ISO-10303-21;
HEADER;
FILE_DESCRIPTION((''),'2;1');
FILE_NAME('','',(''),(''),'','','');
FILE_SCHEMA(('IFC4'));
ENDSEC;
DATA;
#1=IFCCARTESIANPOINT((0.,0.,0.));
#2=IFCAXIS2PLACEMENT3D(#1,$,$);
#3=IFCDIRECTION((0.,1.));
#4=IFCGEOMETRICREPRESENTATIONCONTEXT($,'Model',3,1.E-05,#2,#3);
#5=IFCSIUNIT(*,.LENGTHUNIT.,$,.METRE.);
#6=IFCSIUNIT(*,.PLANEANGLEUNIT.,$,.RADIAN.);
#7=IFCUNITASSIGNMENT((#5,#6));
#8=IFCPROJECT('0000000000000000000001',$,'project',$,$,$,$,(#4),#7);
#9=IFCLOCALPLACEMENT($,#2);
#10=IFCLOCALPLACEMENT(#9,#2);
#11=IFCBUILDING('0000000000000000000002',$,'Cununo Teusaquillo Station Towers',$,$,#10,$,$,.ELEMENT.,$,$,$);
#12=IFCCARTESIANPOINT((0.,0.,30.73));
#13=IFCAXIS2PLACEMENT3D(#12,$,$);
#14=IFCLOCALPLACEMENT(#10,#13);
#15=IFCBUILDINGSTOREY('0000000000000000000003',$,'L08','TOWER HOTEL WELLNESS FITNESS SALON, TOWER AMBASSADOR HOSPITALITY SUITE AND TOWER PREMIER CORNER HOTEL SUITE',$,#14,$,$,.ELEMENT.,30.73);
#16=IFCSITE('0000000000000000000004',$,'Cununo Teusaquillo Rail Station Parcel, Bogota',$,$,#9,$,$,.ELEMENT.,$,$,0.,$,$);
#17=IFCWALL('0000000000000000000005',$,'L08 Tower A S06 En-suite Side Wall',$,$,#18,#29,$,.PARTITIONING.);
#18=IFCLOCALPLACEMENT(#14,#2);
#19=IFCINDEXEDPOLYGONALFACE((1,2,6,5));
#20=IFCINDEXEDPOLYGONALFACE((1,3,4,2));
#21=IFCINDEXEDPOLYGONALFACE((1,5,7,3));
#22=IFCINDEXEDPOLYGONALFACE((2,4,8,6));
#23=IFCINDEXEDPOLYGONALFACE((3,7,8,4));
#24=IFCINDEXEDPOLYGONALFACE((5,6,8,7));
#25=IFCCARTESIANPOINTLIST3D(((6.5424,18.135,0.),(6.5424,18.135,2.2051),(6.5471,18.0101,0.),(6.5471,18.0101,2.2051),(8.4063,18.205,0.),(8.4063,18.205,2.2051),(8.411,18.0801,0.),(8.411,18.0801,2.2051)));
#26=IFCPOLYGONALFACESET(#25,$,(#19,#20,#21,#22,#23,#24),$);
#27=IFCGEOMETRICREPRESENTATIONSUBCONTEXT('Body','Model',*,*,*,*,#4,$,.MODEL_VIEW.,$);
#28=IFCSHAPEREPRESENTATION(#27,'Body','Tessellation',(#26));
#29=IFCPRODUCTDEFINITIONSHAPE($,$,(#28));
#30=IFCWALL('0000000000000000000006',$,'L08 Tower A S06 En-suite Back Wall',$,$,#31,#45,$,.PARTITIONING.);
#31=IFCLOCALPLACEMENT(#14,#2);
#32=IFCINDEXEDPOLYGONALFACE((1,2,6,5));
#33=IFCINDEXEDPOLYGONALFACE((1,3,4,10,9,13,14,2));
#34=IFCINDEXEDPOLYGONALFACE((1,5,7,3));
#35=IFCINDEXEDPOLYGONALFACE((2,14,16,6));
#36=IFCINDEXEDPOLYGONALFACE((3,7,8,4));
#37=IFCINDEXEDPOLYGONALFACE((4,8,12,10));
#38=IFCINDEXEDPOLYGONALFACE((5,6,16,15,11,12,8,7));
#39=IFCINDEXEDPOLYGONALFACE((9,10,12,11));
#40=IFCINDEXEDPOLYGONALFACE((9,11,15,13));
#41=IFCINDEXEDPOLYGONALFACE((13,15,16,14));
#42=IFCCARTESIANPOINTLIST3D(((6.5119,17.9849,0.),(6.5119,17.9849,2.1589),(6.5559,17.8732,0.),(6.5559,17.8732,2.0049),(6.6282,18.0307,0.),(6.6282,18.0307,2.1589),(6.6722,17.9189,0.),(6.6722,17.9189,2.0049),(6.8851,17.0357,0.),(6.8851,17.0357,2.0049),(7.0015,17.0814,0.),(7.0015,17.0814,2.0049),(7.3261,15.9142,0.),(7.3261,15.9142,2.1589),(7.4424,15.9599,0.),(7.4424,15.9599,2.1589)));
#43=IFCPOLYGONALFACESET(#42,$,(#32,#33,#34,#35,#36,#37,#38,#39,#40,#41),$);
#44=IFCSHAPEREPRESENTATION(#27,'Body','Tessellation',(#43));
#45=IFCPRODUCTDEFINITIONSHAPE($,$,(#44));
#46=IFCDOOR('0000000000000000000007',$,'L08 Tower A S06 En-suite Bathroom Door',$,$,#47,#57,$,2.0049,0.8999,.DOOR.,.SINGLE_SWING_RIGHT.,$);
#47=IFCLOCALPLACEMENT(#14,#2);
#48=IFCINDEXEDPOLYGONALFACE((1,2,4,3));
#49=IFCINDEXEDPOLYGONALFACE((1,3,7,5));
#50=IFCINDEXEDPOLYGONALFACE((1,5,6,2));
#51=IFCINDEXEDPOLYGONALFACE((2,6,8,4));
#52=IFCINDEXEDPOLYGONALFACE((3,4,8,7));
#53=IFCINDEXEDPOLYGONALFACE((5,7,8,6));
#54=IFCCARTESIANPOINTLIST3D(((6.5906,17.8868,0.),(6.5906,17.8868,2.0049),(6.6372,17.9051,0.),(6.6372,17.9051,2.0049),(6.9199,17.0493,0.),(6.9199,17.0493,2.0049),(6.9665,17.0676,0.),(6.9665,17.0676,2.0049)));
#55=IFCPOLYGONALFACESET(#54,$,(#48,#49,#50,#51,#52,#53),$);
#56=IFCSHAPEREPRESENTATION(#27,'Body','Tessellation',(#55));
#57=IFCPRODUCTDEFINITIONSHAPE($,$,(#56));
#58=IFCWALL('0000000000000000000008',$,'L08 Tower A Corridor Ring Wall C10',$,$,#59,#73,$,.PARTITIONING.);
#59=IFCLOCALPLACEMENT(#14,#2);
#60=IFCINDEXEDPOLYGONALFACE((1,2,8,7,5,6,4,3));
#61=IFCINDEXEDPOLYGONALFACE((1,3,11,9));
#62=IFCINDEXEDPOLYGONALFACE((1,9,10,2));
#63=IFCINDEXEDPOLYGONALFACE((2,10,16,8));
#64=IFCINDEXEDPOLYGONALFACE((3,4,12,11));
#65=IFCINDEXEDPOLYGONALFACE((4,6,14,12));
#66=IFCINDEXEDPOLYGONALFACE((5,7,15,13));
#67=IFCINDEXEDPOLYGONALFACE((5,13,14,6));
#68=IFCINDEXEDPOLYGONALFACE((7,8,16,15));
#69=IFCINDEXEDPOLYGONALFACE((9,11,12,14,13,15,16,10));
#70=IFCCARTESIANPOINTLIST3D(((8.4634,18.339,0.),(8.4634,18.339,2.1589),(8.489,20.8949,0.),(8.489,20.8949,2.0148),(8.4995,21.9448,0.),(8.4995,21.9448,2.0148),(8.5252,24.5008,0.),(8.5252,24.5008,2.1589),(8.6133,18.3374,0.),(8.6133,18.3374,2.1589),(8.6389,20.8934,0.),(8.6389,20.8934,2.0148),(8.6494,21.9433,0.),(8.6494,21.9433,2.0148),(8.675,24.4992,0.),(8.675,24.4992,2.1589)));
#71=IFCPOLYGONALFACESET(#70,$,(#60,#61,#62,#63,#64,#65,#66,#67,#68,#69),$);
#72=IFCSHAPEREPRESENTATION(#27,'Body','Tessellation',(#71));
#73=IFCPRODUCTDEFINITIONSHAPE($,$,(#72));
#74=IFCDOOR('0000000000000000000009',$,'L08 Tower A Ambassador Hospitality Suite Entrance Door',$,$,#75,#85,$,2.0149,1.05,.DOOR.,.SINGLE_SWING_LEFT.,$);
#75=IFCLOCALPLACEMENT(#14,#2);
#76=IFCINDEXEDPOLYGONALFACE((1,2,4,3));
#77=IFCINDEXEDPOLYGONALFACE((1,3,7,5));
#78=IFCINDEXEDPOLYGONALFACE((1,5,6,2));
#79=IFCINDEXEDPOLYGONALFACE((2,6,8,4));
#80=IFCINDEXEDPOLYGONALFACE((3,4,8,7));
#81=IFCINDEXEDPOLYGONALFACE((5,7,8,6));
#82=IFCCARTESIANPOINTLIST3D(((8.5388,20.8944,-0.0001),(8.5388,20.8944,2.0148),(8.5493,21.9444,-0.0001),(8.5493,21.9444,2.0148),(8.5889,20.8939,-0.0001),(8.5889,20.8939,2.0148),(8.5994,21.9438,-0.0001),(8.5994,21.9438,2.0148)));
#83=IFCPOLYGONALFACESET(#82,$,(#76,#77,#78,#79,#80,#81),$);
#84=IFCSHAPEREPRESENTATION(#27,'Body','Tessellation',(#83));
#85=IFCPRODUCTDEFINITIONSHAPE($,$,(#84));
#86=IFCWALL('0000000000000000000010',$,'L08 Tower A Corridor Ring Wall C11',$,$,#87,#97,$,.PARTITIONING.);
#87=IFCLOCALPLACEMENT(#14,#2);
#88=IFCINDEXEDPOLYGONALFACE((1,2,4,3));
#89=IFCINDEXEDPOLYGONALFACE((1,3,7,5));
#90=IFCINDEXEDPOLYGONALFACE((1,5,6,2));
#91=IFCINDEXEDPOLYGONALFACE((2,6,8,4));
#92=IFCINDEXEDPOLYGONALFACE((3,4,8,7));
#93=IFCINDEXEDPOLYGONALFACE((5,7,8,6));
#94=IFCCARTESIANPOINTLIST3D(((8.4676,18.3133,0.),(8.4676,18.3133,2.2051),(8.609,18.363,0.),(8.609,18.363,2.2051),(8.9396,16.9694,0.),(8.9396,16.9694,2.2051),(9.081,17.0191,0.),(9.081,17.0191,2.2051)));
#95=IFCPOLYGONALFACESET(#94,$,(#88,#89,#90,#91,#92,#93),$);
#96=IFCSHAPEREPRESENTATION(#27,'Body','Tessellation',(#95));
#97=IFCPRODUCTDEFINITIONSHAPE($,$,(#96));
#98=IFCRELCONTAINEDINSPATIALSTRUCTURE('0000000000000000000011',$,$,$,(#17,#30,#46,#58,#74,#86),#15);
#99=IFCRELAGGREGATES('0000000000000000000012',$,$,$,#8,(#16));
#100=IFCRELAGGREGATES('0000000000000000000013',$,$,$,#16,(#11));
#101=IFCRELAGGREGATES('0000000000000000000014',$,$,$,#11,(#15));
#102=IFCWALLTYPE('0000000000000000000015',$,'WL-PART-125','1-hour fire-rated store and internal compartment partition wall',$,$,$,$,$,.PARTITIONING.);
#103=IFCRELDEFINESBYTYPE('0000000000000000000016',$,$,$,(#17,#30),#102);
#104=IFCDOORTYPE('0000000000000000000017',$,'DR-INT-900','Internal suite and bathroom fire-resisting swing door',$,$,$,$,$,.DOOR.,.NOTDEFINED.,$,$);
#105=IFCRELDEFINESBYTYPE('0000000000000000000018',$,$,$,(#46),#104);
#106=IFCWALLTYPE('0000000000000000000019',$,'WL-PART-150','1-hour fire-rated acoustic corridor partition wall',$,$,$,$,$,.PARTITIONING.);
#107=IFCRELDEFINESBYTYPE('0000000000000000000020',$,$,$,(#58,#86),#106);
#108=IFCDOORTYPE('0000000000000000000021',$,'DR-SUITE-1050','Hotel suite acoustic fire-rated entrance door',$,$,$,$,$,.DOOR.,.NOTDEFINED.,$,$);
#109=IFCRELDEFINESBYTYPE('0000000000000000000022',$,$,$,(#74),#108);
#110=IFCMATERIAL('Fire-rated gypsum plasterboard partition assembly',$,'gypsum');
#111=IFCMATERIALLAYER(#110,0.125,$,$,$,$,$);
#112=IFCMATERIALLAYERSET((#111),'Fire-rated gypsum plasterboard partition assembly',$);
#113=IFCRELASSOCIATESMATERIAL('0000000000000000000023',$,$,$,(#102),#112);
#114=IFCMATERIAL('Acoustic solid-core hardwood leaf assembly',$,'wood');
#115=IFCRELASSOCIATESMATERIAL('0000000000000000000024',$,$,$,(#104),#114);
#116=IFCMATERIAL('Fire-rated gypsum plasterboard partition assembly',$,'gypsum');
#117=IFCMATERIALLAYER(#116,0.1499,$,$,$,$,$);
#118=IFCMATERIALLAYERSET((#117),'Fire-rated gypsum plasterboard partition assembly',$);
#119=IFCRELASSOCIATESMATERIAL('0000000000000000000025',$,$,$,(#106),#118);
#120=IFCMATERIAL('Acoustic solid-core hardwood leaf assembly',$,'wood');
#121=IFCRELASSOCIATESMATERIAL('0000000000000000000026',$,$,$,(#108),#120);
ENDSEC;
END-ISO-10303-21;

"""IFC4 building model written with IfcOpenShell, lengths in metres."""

from ifc_helpers import new_model, si_unit, direction, frame, frame_2d, origin, place, context, subcontext, project, spatial, rectangle, extrude, source, transform, mapped, material, layer, layer_set, type_object, element, fill, save


model = new_model("IFC4")

# Units and contexts
model_context = context("Model", 3, precision=1e-05, world=origin(), true_north=direction((0.0, 1.0)))
body_context = subcontext(model_context, "Body", "Model", "MODEL_VIEW")
ifc_project = project(units=[si_unit("LENGTHUNIT", "METRE"), si_unit("PLANEANGLEUNIT", "RADIAN")], contexts=[model_context])

# Site, building, storey
site_placement = place(None, origin())
site = spatial("IfcSite", under=ifc_project, at=site_placement, Name="Cununo Teusaquillo Rail Station Parcel, Bogota", CompositionType="ELEMENT", RefElevation=0.0)
building_placement = place(site_placement, origin())
building = spatial("IfcBuilding", under=site, at=building_placement, Name="Cununo Teusaquillo Station Towers", CompositionType="ELEMENT")
storey_placement = place(building_placement, frame((0.0, 0.0, 30.73)))
storey = spatial("IfcBuildingStorey", under=building, at=storey_placement, Name="L08", Description="TOWER HOTEL WELLNESS FITNESS SALON, TOWER AMBASSADOR HOSPITALITY SUITE AND TOWER PREMIER CORNER HOTEL SUITE", CompositionType="ELEMENT", Elevation=30.73)

# Wall
ifc_material_1 = material(Name="Fire-rated gypsum plasterboard partition assembly", Category="gypsum")
ifc_layer_1 = layer(ifc_material_1, 0.125)
ifc_layer_set_1 = layer_set([ifc_layer_1], Name="Fire-rated gypsum plasterboard partition assembly")
wall_type_1 = type_object("IfcWallType", Name="WL-PART-125", Description="1-hour fire-rated store and internal compartment partition wall", PredefinedType="PARTITIONING", material=ifc_layer_set_1)
wall_1_placement = place(storey_placement, frame((8.4087, 18.1426, 0.0), z_axis=(0.0, 0.0, 1.0), x_axis=(-0.999294, -0.037564, 0.0)))
element("IfcWall", 1, at=wall_1_placement, inside=storey, type_object=wall_type_1, Name="L08 Tower A S06 En-suite Side Wall", PredefinedType="PARTITIONING", context=body_context, shape_type="SweptSolid", body=[
    extrude(rectangle(XDim=1.8652, YDim=0.125, at=frame_2d((0.9326, 0.0))), origin(), (0.0, 0.0, 1.0), 2.2051),
])

# Walls, openings, doors
wall_2_placement = place(storey_placement, frame((6.5701, 18.0078, 0.0), z_axis=(0.0, 0.0, 1.0), x_axis=(0.365917, -0.930647, 0.0)))
wall_2 = element("IfcWall", 2, at=wall_2_placement, inside=storey, type_object=wall_type_1, Name="L08 Tower A S06 En-suite Back Wall", PredefinedType="PARTITIONING", context=body_context, shape_type="SweptSolid", body=[
    extrude(rectangle(XDim=2.2251, YDim=0.125, at=frame_2d((1.1125, 0.0))), origin(), (0.0, 0.0, 1.0), 2.1589),
])
shared_shape_1 = source(origin(), body_context, "Body", "SweptSolid", [
    extrude(rectangle(XDim=0.8999, YDim=2.0049, at=frame_2d((0.45, 1.0024))), frame((0.0, 0.0725, 0.0), z_axis=(0.0, -1.0, 0.0), x_axis=(1.0, 0.0, 0.0)), (0.0, 0.0, 1.0), 0.145),
])
opening_1_placement = place(wall_2_placement, frame((0.1201, 0.0, 0.0)))
opening_1 = element("IfcOpeningElement", 3, at=opening_1_placement, cuts=wall_2, PredefinedType="OPENING", context=body_context, shape_type="MappedRepresentation", body=[
    mapped(shared_shape_1, transform((0.0, 0.0, 0.0), x_axis=(1.0, 0.0, 0.0), y_axis=(0.0, 1.0, 0.0), z_axis=(0.0, 0.0, 1.0), scale=1.0)),
])
ifc_material_2 = material(Name="Acoustic solid-core hardwood leaf assembly", Category="wood")
door_type_1 = type_object("IfcDoorType", Name="DR-INT-900", Description="Internal suite and bathroom fire-resisting swing door", OperationType="NOTDEFINED", PredefinedType="DOOR", material=ifc_material_2)
shared_shape_2 = source(origin(), body_context, "Body", "SweptSolid", [
    extrude(rectangle(XDim=0.8999, YDim=2.0049, at=frame_2d((0.45, 1.0024))), frame((0.0, 0.0249, 0.0), z_axis=(0.0, -1.0, 0.0), x_axis=(1.0, 0.0, 0.0)), (0.0, 0.0, 1.0), 0.05),
])
door_1_placement = place(opening_1_placement, origin())
door_1 = element("IfcDoor", 4, at=door_1_placement, inside=storey, type_object=door_type_1, Name="L08 Tower A S06 En-suite Bathroom Door", OperationType="SINGLE_SWING_RIGHT", OverallHeight=2.0049, OverallWidth=0.8999, PredefinedType="DOOR", context=body_context, shape_type="MappedRepresentation", body=[
    mapped(shared_shape_2, transform((0.0, 0.0, 0.0), x_axis=(1.0, 0.0, 0.0), y_axis=(0.0, 1.0, 0.0), z_axis=(0.0, 0.0, 1.0), scale=1.0)),
])
fill(opening_1, door_1)
ifc_material_3 = material(Name="Fire-rated gypsum plasterboard partition assembly", Category="gypsum")
ifc_layer_2 = layer(ifc_material_3, 0.1499)
ifc_layer_set_2 = layer_set([ifc_layer_2], Name="Fire-rated gypsum plasterboard partition assembly")
wall_type_2 = type_object("IfcWallType", Name="WL-PART-150", Description="1-hour fire-rated acoustic corridor partition wall", PredefinedType="PARTITIONING", material=ifc_layer_set_2)
wall_3_placement = place(storey_placement, frame((8.6001, 24.5, 0.0), z_axis=(0.0, 0.0, 1.0), x_axis=(-0.010024, -0.99995, 0.0)))
wall_3 = element("IfcWall", 5, at=wall_3_placement, inside=storey, type_object=wall_type_2, Name="L08 Tower A Corridor Ring Wall C10", PredefinedType="PARTITIONING", context=body_context, shape_type="SweptSolid", body=[
    extrude(rectangle(XDim=6.1621, YDim=0.1499, at=frame_2d((3.0811, 0.0))), origin(), (0.0, 0.0, 1.0), 2.1589),
])
shared_shape_3 = source(origin(), body_context, "Body", "SweptSolid", [
    extrude(rectangle(XDim=1.05, YDim=2.0149, at=frame_2d((0.5249, 1.0073))), frame((0.0, 0.085, 0.0), z_axis=(0.0, -1.0, 0.0), x_axis=(1.0, 0.0, 0.0)), (0.0, 0.0, 1.0), 0.1699),
])
opening_2_placement = place(wall_3_placement, frame((2.5562, 0.0, 0.0)))
opening_2 = element("IfcOpeningElement", 6, at=opening_2_placement, cuts=wall_3, PredefinedType="OPENING", context=body_context, shape_type="MappedRepresentation", body=[
    mapped(shared_shape_3, transform((0.0, 0.0, 0.0), x_axis=(1.0, 0.0, 0.0), y_axis=(0.0, 1.0, 0.0), z_axis=(0.0, 0.0, 1.0), scale=1.0)),
])
ifc_material_4 = material(Name="Acoustic solid-core hardwood leaf assembly", Category="wood")
door_type_2 = type_object("IfcDoorType", Name="DR-SUITE-1050", Description="Hotel suite acoustic fire-rated entrance door", OperationType="NOTDEFINED", PredefinedType="DOOR", material=ifc_material_4)
shared_shape_4 = source(origin(), body_context, "Body", "SweptSolid", [
    extrude(rectangle(XDim=1.05, YDim=2.0149, at=frame_2d((0.5249, 1.0073))), frame((0.0, 0.0249, 0.0), z_axis=(0.0, -1.0, 0.0), x_axis=(1.0, 0.0, 0.0)), (0.0, 0.0, 1.0), 0.05),
])
door_2_placement = place(opening_2_placement, origin())
door_2 = element("IfcDoor", 7, at=door_2_placement, inside=storey, type_object=door_type_2, Name="L08 Tower A Ambassador Hospitality Suite Entrance Door", OperationType="SINGLE_SWING_LEFT", OverallHeight=2.0149, OverallWidth=1.05, PredefinedType="DOOR", context=body_context, shape_type="MappedRepresentation", body=[
    mapped(shared_shape_4, transform((0.0, 0.0, 0.0), x_axis=(1.0, 0.0, 0.0), y_axis=(0.0, 1.0, 0.0), z_axis=(0.0, 0.0, 1.0), scale=1.0)),
])
fill(opening_2, door_2)

# Wall
wall_4_placement = place(storey_placement, frame((8.5383, 18.3381, 0.0), z_axis=(0.0, 0.0, 1.0), x_axis=(0.331358, -0.943505, 0.0)))
element("IfcWall", 8, at=wall_4_placement, inside=storey, type_object=wall_type_2, Name="L08 Tower A Corridor Ring Wall C11", PredefinedType="PARTITIONING", context=body_context, shape_type="SweptSolid", body=[
    extrude(rectangle(XDim=1.4243, YDim=0.1499, at=frame_2d((0.7122, 0.0))), origin(), (0.0, 0.0, 1.0), 2.2051),
])

save(model, "model.ifc")
